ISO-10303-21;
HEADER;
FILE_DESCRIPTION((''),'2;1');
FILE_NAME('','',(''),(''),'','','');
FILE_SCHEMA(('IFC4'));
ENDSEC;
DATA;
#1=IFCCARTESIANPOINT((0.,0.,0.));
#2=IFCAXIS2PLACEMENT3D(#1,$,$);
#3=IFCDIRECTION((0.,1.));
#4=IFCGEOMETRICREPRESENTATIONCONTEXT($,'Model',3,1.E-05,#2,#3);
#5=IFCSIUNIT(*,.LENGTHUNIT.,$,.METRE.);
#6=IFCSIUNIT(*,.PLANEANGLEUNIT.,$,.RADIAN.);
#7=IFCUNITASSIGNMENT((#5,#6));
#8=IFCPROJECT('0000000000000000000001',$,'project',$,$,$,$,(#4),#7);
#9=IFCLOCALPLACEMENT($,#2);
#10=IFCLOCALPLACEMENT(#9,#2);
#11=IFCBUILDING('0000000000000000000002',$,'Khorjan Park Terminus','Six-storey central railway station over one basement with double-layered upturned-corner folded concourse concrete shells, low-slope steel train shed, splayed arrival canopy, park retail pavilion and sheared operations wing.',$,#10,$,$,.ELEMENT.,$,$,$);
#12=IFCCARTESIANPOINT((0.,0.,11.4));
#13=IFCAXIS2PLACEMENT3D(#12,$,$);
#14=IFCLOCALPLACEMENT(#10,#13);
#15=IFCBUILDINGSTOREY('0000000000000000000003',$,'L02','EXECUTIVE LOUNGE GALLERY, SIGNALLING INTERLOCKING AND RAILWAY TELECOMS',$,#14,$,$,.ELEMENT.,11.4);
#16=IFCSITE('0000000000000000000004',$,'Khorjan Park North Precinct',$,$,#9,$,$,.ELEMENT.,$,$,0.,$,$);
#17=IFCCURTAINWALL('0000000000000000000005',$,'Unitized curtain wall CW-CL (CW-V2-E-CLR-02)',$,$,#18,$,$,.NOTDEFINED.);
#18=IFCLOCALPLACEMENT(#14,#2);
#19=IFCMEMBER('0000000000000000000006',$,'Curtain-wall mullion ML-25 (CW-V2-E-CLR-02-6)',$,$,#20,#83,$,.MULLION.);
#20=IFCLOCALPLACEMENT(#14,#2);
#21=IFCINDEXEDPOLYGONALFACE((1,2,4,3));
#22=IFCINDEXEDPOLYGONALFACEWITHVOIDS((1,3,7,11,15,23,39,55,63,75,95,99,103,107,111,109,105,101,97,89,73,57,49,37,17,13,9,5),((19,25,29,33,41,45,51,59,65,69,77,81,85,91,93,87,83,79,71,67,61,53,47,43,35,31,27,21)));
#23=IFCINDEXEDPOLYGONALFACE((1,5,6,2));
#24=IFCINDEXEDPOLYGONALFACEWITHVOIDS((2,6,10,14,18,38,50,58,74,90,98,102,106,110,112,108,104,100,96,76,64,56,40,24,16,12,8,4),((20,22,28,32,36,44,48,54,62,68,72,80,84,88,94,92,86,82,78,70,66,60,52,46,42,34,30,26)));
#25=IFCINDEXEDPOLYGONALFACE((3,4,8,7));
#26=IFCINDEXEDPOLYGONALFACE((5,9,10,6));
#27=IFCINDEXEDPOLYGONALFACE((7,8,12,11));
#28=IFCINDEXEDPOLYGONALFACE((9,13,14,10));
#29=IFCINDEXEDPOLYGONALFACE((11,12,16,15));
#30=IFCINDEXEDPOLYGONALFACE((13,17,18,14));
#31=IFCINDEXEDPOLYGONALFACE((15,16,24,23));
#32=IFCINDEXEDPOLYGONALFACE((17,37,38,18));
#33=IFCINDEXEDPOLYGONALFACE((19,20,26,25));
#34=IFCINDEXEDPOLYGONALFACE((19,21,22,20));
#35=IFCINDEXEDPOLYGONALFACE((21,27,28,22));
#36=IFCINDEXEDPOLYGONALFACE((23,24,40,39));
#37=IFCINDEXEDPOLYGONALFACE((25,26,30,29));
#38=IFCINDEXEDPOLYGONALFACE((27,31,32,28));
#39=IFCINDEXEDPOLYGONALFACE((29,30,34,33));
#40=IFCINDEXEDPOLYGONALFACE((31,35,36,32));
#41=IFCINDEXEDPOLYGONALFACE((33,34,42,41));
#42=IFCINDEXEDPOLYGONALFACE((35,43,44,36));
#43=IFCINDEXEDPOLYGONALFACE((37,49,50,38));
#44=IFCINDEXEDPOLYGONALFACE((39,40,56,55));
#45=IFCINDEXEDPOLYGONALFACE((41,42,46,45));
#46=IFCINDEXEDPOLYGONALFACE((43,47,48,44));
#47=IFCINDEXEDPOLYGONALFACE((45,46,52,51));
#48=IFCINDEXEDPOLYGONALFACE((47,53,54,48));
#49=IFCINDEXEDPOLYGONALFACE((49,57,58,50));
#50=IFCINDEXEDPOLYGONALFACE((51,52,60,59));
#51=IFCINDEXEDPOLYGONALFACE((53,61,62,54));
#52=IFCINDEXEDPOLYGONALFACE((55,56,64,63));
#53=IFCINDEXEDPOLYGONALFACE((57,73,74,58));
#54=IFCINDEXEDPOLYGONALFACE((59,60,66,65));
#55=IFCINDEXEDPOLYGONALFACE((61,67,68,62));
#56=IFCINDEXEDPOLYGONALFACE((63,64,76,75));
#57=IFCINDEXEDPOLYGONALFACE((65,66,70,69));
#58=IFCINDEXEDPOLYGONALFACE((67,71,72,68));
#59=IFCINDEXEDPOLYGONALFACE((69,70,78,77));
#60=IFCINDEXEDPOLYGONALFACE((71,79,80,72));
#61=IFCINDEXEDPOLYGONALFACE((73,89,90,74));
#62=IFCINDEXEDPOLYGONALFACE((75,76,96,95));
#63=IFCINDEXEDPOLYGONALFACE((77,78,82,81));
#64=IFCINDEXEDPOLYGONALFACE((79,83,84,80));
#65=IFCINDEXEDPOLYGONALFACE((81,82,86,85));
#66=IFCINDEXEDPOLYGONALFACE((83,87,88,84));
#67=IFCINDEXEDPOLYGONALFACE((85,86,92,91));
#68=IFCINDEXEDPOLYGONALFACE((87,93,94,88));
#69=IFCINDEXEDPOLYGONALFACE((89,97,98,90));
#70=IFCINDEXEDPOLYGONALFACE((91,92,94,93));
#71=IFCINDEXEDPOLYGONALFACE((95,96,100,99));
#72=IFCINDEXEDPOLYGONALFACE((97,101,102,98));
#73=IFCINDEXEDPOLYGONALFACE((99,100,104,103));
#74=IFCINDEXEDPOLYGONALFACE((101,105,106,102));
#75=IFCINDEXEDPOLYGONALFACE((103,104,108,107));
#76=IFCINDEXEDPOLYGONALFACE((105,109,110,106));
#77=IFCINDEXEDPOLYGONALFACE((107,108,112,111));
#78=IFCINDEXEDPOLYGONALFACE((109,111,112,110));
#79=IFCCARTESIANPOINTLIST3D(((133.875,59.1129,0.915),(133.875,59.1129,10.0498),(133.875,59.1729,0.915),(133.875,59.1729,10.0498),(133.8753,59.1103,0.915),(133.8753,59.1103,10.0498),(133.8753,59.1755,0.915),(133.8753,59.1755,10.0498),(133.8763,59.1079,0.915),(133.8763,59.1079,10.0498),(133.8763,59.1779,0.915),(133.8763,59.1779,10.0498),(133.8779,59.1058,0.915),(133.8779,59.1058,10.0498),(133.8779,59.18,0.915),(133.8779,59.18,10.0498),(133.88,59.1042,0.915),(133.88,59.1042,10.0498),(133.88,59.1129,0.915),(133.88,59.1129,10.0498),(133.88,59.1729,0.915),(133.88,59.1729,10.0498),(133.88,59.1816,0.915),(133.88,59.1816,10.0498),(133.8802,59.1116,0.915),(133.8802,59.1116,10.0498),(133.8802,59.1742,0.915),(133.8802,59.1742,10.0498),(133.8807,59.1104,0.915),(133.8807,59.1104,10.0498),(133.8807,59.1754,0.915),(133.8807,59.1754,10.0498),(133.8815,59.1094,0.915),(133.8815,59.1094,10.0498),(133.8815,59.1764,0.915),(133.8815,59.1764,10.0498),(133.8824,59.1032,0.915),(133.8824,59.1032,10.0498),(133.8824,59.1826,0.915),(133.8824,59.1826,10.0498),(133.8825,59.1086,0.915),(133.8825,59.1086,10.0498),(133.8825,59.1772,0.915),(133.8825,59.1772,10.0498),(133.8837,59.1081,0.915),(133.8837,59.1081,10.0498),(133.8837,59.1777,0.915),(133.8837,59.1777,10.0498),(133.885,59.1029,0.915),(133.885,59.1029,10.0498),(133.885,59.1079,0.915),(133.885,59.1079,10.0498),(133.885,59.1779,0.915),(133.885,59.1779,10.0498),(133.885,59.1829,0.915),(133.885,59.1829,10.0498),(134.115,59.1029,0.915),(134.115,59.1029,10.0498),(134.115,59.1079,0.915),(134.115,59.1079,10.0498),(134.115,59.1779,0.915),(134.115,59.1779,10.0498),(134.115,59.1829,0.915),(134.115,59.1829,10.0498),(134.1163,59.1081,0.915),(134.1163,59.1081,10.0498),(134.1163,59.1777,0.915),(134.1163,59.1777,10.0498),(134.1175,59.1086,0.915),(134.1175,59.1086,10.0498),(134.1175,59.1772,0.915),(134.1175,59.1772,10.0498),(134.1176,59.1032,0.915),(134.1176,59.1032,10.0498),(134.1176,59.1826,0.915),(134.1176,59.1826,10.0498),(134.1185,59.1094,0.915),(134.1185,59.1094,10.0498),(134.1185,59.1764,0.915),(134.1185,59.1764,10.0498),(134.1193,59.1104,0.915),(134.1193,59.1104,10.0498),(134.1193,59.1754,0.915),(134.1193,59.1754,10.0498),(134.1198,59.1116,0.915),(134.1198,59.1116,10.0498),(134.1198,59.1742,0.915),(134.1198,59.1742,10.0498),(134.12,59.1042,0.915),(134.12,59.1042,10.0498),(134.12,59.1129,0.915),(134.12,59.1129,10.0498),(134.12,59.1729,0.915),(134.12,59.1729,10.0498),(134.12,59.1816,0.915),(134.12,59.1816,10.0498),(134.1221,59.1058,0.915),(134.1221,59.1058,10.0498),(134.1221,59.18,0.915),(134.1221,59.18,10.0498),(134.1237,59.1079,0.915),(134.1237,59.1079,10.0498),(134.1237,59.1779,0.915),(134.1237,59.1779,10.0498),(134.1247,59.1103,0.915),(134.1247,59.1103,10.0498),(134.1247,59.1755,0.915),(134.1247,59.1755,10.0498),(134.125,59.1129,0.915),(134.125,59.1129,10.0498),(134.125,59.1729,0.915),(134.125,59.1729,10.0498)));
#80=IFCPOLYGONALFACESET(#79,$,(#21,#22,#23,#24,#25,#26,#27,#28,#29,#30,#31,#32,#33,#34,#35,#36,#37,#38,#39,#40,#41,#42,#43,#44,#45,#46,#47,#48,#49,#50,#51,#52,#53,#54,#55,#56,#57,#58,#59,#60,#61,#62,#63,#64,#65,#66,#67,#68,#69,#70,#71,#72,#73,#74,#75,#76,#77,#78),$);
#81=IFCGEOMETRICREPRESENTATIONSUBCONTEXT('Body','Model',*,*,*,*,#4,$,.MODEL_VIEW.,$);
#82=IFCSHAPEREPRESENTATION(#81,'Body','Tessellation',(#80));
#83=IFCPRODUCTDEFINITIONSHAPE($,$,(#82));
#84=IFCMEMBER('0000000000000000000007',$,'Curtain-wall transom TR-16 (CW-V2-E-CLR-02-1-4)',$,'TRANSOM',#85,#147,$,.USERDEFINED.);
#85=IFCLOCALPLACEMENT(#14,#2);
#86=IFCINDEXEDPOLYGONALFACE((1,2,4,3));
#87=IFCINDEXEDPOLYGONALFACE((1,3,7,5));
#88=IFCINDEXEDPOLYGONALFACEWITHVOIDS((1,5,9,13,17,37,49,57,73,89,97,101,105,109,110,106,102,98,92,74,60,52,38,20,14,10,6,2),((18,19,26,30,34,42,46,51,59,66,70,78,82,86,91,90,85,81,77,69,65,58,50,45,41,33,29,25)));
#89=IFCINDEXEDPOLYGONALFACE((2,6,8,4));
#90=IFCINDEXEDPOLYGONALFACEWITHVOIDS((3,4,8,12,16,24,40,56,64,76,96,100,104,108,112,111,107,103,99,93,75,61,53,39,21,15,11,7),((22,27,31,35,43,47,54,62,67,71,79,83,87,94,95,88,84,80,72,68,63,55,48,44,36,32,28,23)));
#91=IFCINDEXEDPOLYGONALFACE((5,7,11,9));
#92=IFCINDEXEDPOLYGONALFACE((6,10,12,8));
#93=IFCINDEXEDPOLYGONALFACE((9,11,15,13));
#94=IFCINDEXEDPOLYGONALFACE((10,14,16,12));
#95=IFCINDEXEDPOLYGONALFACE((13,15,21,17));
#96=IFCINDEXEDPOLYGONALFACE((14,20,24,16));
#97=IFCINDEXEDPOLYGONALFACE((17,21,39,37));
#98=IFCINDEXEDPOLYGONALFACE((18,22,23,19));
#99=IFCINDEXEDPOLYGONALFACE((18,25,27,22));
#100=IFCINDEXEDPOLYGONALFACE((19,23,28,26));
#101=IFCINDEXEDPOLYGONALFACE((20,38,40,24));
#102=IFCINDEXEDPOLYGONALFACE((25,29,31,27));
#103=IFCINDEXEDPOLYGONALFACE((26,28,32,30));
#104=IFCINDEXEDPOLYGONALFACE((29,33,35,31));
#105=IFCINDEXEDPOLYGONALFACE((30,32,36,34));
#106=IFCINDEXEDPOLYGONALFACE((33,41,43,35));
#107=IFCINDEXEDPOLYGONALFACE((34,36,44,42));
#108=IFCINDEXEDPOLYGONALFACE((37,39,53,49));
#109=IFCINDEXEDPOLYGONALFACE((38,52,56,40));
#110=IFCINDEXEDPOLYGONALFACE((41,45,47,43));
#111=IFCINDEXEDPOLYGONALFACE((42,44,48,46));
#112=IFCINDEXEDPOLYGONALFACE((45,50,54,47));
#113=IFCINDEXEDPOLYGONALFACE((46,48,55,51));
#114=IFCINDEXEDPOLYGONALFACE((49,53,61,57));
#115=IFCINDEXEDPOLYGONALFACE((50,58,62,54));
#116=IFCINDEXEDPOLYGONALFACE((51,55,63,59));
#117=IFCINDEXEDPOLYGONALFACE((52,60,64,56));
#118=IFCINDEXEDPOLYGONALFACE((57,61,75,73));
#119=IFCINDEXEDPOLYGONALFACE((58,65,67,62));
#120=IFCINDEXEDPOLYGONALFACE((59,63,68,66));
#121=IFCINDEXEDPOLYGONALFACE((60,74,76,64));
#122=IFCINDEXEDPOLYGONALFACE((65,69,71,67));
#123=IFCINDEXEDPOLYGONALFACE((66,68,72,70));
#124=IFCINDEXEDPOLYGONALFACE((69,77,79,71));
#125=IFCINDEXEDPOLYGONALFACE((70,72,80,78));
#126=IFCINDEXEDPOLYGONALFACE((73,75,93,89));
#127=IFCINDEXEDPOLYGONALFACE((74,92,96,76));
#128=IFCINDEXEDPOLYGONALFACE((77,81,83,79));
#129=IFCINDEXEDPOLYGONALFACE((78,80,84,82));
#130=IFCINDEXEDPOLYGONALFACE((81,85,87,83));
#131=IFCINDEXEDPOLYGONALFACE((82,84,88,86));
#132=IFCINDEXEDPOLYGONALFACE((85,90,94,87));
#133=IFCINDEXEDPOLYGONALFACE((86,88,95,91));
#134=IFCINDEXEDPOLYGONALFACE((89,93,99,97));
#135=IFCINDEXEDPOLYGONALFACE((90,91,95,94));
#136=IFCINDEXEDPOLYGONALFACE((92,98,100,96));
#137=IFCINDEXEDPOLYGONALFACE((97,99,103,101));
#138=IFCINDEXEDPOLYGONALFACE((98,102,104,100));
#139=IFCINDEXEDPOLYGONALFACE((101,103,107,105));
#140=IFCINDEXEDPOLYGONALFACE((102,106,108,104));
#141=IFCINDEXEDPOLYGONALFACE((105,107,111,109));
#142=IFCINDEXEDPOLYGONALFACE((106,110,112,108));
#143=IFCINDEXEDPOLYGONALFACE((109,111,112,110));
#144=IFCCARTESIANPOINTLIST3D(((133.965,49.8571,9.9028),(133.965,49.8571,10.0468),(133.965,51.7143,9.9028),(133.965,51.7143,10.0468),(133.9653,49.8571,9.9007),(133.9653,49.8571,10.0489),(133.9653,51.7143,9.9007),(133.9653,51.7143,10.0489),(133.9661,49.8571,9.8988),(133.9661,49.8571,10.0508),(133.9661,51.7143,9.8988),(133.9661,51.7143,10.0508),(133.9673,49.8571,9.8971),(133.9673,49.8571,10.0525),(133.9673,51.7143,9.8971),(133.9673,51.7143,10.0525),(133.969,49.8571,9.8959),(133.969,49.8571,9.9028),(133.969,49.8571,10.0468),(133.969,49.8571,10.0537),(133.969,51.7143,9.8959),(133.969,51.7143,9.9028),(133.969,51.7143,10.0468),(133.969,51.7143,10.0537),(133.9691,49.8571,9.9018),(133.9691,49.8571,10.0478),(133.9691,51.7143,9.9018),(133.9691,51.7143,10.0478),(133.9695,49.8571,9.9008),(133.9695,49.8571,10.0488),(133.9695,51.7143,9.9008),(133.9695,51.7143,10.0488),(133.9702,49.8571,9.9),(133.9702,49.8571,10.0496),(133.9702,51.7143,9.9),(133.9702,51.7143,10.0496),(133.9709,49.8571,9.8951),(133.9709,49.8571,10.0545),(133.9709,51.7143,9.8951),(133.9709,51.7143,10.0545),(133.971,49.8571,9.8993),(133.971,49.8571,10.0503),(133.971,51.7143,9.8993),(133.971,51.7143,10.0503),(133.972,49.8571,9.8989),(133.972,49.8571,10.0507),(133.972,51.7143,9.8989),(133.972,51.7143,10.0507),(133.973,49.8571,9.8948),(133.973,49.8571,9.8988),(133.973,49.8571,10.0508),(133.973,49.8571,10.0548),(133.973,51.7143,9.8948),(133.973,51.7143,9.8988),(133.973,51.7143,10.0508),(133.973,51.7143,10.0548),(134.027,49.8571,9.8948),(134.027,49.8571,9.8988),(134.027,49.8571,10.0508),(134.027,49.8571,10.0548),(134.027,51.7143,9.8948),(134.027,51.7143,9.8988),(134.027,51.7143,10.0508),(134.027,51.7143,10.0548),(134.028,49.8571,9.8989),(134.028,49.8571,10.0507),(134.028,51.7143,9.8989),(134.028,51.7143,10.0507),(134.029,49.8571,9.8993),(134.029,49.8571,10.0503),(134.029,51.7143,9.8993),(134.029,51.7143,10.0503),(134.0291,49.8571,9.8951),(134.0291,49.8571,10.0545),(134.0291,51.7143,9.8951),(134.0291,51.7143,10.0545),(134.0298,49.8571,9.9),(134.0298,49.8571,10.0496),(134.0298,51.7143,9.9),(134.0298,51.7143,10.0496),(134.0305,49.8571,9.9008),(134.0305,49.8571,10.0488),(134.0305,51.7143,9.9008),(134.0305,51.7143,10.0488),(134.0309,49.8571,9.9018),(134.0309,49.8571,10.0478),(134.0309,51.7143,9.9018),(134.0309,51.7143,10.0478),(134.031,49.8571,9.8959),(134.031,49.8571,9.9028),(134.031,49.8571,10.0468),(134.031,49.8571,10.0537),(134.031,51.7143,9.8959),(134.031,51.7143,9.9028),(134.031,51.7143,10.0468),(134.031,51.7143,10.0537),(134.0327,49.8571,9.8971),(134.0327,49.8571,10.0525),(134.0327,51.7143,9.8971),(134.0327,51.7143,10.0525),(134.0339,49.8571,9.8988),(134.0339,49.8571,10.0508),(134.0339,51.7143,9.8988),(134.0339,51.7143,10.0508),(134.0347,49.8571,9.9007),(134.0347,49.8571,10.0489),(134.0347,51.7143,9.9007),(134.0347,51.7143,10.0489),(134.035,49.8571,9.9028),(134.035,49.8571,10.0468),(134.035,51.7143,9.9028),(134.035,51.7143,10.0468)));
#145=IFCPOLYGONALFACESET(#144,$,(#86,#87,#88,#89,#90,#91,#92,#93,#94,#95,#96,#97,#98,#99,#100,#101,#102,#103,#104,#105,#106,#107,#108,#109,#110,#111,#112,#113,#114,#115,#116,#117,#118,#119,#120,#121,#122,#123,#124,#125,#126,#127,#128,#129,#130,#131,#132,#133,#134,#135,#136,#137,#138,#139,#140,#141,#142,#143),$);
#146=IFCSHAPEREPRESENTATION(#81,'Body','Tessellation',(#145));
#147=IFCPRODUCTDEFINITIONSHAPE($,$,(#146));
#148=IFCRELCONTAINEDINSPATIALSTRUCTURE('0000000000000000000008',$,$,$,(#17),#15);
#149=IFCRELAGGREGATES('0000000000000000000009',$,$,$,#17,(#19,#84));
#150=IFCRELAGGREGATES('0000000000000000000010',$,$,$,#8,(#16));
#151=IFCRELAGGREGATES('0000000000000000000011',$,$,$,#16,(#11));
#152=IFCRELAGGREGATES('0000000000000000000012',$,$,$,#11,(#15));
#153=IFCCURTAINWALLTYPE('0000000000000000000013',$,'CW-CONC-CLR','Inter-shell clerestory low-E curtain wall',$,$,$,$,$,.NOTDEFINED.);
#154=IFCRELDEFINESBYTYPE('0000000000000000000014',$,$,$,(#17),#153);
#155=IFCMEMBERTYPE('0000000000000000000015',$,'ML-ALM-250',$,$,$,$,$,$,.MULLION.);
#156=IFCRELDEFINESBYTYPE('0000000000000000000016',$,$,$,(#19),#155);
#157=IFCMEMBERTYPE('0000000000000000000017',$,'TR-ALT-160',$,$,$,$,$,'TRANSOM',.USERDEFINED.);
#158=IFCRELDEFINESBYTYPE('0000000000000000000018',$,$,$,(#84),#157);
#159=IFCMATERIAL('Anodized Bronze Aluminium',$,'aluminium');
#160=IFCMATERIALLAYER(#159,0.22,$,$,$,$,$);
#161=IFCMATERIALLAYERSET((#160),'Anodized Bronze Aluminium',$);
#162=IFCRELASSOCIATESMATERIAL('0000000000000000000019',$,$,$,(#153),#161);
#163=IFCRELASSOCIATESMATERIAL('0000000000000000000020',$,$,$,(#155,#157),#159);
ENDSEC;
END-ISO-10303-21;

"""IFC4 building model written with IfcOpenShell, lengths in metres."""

from ifc_helpers import new_model, si_unit, direction, frame, origin, origin_2d, place, context, subcontext, project, spatial, hollow_rectangle, extrude, material, layer, layer_set, material_profile, profile_set, type_object, element, aggregate, save


model = new_model("IFC4")

# Units and contexts
model_context = context("Model", 3, precision=1e-05, world=origin(), true_north=direction((0.0, 1.0)))
body_context = subcontext(model_context, "Body", "Model", "MODEL_VIEW")
ifc_project = project(units=[si_unit("LENGTHUNIT", "METRE"), si_unit("PLANEANGLEUNIT", "RADIAN")], contexts=[model_context])

# Site, building, storey
site_placement = place(None, origin())
site = spatial("IfcSite", under=ifc_project, at=site_placement, Name="Khorjan Park North Precinct", CompositionType="ELEMENT", RefElevation=0.0)
building_placement = place(site_placement, origin())
building = spatial("IfcBuilding", under=site, at=building_placement, Name="Khorjan Park Terminus", Description="Six-storey central railway station over one basement with double-layered upturned-corner folded concourse concrete shells, low-slope steel train shed, splayed arrival canopy, park retail pavilion and sheared operations wing.", CompositionType="ELEMENT")
storey_placement = place(building_placement, frame((0.0, 0.0, 11.4)))
storey = spatial("IfcBuildingStorey", under=building, at=storey_placement, Name="L02", Description="EXECUTIVE LOUNGE GALLERY, SIGNALLING INTERLOCKING AND RAILWAY TELECOMS", CompositionType="ELEMENT", Elevation=11.4)

# Curtain wall, members
ifc_material_1 = material(Name="Anodized Bronze Aluminium", Category="aluminium")
ifc_layer_1 = layer(ifc_material_1, 0.22)
ifc_layer_set_1 = layer_set([ifc_layer_1], Name="Anodized Bronze Aluminium")
curtain_wall_type = type_object("IfcCurtainWallType", Name="CW-CONC-CLR", Description="Inter-shell clerestory low-E curtain wall", PredefinedType="NOTDEFINED", material=ifc_layer_set_1)
curtain_wall_placement = place(storey_placement, origin())
curtain_wall = element("IfcCurtainWall", 1, at=curtain_wall_placement, inside=storey, type_object=curtain_wall_type, Name="Unitized curtain wall CW-CL (CW-V2-E-CLR-02)", PredefinedType="NOTDEFINED")
ifc_material_profile_1 = material_profile(ifc_material_1, hollow_rectangle(XDim=0.08, YDim=0.25, WallThickness=0.005, InnerFilletRadius=0.005, OuterFilletRadius=0.01, at=origin_2d()), Name="ALM 80x250x5")
ifc_profile_set_1 = profile_set([ifc_material_profile_1], Name="Anodized Bronze Aluminium")
member_type_1 = type_object("IfcMemberType", Name="ML-ALM-250", PredefinedType="MULLION", material=ifc_profile_set_1)
member_1_placement = place(storey_placement, frame((134.0, 59.1429, 0.915), z_axis=(0.0, 0.0, 1.0), x_axis=(0.0, 1.0, 0.0)))
member_1 = element("IfcMember", 2, at=member_1_placement, type_object=member_type_1, Name="Curtain-wall mullion ML-25 (CW-V2-E-CLR-02-6)", PredefinedType="MULLION", context=body_context, shape_type="SweptSolid", body=[
    extrude(hollow_rectangle(XDim=0.08, YDim=0.25, WallThickness=0.005, InnerFilletRadius=0.005, OuterFilletRadius=0.01, at=origin_2d()), origin(), (0.0, 0.0, 1.0), 9.1348),
])
ifc_material_profile_2 = material_profile(ifc_material_1, hollow_rectangle(XDim=0.07, YDim=0.16, WallThickness=0.004, InnerFilletRadius=0.004, OuterFilletRadius=0.008, at=origin_2d()), Name="ALT 70x160x4")
ifc_profile_set_2 = profile_set([ifc_material_profile_2], Name="Anodized Bronze Aluminium")
member_type_2 = type_object("IfcMemberType", Name="TR-ALT-160", ElementType="TRANSOM", PredefinedType="USERDEFINED", material=ifc_profile_set_2)
member_2_placement = place(storey_placement, frame((134.0, 49.8571, 9.9748), z_axis=(0.0, 1.0, 0.0), x_axis=(-1.0, 0.0, 0.0)))
member_2 = element("IfcMember", 3, at=member_2_placement, type_object=member_type_2, Name="Curtain-wall transom TR-16 (CW-V2-E-CLR-02-1-4)", ObjectType="TRANSOM", PredefinedType="USERDEFINED", context=body_context, shape_type="SweptSolid", body=[
    extrude(hollow_rectangle(XDim=0.07, YDim=0.16, WallThickness=0.004, InnerFilletRadius=0.004, OuterFilletRadius=0.008, at=origin_2d()), origin(), (0.0, 0.0, 1.0), 1.8572),
])
aggregate(curtain_wall, [member_1, member_2])

save(model, "model.ifc")
